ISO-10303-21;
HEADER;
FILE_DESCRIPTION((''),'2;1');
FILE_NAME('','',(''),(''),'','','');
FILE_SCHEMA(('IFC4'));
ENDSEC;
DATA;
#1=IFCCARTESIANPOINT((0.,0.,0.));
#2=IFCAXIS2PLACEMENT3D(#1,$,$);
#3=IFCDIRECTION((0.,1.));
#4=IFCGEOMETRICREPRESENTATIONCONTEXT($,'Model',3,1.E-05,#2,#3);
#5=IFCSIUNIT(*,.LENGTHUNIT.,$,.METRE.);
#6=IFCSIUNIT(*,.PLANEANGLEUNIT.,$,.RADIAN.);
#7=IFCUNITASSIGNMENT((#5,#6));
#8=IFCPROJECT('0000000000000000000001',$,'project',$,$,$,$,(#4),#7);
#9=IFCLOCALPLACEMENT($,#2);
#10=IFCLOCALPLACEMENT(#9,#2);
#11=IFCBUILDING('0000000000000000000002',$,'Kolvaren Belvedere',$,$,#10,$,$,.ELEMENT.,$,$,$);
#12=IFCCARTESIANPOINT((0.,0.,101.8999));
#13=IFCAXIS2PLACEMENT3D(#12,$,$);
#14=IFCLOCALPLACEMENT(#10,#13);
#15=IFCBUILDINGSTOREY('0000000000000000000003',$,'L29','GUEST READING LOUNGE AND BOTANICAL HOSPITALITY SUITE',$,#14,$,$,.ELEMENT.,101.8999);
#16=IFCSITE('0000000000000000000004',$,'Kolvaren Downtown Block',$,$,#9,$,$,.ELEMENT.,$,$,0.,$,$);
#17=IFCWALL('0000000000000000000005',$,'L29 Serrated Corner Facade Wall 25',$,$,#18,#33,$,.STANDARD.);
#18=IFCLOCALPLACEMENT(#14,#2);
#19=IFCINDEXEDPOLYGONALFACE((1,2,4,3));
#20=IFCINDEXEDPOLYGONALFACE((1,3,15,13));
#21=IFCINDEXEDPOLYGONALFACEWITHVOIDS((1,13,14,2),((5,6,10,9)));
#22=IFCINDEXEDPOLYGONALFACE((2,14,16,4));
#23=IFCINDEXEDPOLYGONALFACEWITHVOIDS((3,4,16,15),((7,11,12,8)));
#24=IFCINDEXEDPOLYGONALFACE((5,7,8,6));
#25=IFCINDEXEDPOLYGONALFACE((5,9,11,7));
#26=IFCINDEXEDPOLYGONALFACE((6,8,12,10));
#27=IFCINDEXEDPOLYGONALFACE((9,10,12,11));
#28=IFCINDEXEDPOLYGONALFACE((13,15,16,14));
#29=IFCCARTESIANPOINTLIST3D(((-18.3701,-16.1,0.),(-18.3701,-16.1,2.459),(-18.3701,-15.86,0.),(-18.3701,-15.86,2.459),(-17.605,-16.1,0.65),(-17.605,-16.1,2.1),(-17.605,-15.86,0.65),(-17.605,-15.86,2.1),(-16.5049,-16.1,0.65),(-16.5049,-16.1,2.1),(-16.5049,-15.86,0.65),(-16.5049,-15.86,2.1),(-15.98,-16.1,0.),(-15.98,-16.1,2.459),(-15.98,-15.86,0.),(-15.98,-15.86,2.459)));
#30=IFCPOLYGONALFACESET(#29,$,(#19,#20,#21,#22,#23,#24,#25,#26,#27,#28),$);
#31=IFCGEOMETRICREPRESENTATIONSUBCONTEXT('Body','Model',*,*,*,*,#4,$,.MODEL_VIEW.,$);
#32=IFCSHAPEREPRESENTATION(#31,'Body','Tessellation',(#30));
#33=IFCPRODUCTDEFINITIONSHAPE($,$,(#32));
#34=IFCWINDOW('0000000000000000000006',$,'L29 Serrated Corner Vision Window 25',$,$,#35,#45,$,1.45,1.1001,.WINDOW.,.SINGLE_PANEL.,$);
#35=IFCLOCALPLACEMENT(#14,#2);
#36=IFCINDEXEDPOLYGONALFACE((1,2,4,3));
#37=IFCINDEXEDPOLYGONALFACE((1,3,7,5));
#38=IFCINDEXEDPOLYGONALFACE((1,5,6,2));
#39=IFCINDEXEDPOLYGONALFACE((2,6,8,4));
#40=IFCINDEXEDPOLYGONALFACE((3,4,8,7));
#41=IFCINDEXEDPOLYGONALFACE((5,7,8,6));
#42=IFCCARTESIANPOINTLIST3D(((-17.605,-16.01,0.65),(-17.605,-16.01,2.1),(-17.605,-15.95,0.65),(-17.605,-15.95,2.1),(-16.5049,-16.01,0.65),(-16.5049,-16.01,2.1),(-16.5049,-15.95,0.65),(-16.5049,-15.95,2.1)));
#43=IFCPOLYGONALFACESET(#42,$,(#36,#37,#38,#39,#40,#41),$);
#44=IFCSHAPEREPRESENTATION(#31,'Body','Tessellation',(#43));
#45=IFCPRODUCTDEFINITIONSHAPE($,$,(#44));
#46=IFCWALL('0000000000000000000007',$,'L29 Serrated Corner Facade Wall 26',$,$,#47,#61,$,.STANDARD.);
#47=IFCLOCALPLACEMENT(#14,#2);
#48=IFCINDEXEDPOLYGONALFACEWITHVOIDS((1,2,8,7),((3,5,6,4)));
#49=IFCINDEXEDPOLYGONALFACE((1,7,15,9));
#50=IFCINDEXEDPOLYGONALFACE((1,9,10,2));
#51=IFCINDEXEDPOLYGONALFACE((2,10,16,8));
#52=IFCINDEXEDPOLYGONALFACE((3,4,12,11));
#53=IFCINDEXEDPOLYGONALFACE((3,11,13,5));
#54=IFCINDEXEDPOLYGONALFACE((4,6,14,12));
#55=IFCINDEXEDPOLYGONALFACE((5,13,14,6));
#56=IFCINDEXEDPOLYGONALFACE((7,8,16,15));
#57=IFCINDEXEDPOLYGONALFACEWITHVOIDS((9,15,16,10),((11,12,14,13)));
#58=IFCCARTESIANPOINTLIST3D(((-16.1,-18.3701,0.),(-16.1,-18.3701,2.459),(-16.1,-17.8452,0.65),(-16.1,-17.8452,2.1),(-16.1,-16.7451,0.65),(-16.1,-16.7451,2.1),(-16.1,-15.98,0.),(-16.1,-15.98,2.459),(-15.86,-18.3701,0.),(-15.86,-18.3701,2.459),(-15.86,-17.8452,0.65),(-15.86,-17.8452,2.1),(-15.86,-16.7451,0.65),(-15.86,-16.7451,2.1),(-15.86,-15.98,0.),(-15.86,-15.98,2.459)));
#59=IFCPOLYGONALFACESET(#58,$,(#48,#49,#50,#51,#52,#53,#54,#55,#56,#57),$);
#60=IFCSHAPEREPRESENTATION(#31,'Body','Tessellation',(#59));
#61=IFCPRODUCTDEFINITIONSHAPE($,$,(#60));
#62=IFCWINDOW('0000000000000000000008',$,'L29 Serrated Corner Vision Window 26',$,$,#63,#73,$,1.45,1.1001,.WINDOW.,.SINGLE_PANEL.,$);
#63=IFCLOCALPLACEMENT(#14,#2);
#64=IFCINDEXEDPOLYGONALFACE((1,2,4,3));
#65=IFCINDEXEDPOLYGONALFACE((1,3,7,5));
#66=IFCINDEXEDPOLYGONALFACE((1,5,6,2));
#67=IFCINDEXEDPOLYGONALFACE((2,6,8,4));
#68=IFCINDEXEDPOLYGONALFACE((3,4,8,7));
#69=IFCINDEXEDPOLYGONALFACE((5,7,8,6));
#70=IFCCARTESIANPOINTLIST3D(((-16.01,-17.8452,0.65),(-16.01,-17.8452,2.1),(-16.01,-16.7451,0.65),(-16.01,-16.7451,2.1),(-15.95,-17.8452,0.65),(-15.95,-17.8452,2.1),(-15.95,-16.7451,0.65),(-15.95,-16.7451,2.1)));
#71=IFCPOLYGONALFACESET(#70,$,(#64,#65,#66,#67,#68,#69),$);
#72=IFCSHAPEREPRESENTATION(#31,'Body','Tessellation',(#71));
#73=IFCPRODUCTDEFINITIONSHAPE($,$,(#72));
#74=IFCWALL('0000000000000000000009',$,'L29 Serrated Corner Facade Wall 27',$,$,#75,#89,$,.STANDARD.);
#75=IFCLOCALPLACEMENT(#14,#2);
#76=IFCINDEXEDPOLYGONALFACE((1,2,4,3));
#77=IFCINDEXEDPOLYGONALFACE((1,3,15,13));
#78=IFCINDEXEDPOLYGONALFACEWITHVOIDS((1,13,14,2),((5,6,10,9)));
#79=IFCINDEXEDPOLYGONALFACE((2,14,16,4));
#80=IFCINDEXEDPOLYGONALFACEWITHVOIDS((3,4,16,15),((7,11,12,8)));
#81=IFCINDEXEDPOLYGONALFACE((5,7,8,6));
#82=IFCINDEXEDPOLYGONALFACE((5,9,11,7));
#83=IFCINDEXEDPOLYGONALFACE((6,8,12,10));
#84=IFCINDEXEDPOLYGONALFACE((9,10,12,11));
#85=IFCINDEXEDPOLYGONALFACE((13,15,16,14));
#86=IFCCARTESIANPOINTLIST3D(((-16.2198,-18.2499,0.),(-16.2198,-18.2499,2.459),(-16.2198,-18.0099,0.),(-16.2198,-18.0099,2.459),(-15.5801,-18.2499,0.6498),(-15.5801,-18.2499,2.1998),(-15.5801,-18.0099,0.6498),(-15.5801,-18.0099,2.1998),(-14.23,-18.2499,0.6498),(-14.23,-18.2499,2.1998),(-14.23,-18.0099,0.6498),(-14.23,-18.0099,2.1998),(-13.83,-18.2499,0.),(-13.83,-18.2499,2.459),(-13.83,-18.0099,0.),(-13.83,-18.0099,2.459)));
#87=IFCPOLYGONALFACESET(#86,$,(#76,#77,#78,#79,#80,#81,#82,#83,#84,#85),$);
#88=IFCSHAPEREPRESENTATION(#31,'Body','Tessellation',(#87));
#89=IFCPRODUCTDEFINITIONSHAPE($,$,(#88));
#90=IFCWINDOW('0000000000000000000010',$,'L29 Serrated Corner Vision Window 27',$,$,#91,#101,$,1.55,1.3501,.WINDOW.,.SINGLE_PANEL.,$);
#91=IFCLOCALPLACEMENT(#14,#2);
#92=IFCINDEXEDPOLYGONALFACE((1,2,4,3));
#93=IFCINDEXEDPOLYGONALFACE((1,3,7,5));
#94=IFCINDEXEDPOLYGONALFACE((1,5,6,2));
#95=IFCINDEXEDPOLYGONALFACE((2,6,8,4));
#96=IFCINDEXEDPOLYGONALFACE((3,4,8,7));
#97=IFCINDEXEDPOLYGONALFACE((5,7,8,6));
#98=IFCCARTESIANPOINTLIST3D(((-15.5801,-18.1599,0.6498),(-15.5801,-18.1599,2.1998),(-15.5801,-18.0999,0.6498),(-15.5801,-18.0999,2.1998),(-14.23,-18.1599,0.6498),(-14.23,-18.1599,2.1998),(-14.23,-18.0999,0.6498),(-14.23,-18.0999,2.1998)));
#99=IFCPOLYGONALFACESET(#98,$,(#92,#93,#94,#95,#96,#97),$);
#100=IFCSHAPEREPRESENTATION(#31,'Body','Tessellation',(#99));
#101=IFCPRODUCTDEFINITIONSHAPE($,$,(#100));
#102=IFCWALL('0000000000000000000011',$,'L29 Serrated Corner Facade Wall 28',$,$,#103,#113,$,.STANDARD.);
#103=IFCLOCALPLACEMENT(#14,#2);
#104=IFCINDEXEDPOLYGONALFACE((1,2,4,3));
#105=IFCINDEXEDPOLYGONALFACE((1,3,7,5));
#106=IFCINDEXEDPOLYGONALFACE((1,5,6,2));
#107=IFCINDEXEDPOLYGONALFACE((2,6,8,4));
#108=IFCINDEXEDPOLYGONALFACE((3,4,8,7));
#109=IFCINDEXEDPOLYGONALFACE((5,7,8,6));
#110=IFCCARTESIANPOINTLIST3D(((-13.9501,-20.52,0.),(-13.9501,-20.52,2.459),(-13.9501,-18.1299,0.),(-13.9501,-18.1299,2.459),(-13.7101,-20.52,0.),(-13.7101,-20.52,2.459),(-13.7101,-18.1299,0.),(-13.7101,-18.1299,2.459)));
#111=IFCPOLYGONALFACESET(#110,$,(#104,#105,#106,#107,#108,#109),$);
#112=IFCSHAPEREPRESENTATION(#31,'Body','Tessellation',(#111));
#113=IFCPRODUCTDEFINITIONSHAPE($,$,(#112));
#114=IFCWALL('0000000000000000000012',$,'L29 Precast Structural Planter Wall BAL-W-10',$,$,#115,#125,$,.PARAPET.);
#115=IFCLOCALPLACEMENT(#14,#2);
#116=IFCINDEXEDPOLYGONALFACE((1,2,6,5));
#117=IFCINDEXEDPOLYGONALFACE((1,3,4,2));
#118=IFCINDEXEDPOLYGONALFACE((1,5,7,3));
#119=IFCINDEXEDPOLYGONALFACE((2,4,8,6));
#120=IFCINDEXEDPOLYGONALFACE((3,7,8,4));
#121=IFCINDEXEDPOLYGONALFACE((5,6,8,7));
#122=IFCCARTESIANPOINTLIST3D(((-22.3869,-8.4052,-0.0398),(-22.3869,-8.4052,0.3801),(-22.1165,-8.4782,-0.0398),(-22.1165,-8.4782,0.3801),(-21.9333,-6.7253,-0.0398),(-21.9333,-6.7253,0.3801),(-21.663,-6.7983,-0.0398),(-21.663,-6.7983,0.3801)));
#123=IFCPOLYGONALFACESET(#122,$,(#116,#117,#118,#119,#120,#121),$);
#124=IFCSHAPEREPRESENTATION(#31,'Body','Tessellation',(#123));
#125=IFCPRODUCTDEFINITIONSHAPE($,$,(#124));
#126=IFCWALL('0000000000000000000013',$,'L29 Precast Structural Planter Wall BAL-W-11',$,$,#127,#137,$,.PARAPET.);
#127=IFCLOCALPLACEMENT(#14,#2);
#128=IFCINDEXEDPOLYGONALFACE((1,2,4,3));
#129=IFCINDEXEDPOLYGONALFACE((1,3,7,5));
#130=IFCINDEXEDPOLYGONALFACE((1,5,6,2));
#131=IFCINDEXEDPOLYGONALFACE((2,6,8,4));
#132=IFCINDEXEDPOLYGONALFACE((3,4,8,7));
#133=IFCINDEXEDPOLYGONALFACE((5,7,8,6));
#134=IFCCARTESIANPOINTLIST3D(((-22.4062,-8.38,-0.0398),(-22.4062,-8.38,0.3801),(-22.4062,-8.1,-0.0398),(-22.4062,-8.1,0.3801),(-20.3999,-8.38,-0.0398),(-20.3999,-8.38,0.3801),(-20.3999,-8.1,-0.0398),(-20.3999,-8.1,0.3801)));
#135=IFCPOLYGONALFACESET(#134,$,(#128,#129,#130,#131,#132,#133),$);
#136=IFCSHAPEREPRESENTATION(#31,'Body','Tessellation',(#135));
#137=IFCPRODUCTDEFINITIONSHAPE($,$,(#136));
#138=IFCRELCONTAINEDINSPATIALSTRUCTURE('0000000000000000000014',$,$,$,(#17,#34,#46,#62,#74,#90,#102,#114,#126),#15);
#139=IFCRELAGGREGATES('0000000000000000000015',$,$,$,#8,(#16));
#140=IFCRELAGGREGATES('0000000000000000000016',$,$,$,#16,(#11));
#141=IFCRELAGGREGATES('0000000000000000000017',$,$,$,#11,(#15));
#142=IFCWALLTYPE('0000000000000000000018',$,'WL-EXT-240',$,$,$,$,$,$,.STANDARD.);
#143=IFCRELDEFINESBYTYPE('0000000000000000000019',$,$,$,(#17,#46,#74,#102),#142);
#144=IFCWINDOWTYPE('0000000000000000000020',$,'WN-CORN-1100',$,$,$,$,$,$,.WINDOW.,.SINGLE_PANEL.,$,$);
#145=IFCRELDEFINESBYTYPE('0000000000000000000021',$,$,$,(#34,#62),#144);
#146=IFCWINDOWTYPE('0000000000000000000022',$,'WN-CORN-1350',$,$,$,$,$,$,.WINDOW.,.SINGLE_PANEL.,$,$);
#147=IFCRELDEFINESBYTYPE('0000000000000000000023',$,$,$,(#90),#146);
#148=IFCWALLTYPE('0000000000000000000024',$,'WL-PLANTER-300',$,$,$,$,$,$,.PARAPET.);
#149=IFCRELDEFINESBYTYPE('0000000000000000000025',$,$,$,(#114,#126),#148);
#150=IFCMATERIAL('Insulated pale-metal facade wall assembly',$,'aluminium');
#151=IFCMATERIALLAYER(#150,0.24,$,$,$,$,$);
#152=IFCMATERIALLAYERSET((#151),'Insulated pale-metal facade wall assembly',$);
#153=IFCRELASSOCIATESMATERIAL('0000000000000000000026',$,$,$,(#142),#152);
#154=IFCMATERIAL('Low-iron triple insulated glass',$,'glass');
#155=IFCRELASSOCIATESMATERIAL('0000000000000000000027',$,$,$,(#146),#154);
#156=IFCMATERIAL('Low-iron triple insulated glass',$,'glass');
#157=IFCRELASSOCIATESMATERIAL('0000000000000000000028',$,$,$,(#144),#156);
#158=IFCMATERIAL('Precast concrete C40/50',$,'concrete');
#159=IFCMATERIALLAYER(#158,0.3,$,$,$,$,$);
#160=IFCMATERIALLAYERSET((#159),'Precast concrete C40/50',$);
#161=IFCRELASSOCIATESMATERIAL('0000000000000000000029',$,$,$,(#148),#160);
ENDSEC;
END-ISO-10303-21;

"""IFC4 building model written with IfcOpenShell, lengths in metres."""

from ifc_helpers import new_model, si_unit, direction, frame, frame_2d, origin, place, context, subcontext, project, spatial, rectangle, extrude, material, layer, layer_set, type_object, element, fill, save


model = new_model("IFC4")

# Units and contexts
model_context = context("Model", 3, precision=1e-05, world=origin(), true_north=direction((0.0, 1.0)))
body_context = subcontext(model_context, "Body", "Model", "MODEL_VIEW")
ifc_project = project(units=[si_unit("LENGTHUNIT", "METRE"), si_unit("PLANEANGLEUNIT", "RADIAN")], contexts=[model_context])

# Site, building, storey
site_placement = place(None, origin())
site = spatial("IfcSite", under=ifc_project, at=site_placement, Name="Kolvaren Downtown Block", CompositionType="ELEMENT", RefElevation=0.0)
building_placement = place(site_placement, origin())
building = spatial("IfcBuilding", under=site, at=building_placement, Name="Kolvaren Belvedere", CompositionType="ELEMENT")
storey_placement = place(building_placement, frame((0.0, 0.0, 101.8999)))
storey = spatial("IfcBuildingStorey", under=building, at=storey_placement, Name="L29", Description="GUEST READING LOUNGE AND BOTANICAL HOSPITALITY SUITE", CompositionType="ELEMENT", Elevation=101.8999)

# Shared definitions
ifc_material_1 = material(Name="Insulated pale-metal facade wall assembly", Category="aluminium")
ifc_layer_1 = layer(ifc_material_1, 0.24)
ifc_layer_set_1 = layer_set([ifc_layer_1], Name="Insulated pale-metal facade wall assembly")
wall_type_1 = type_object("IfcWallType", Name="WL-EXT-240", PredefinedType="STANDARD", material=ifc_layer_set_1)

# Walls, openings, windows
ifc_material_2 = material(Name="Low-iron triple insulated glass", Category="glass")
window_type_1 = type_object("IfcWindowType", Name="WN-CORN-1350", PartitioningType="SINGLE_PANEL", PredefinedType="WINDOW", material=ifc_material_2)
wall_1_placement = place(storey_placement, frame((-15.98, -15.98, 0.0), z_axis=(0.0, 0.0, 1.0), x_axis=(-1.0, 0.0, 0.0)))
wall_1 = element("IfcWall", 1, at=wall_1_placement, inside=storey, type_object=wall_type_1, Name="L29 Serrated Corner Facade Wall 25", PredefinedType="STANDARD", context=body_context, shape_type="SweptSolid", body=[
    extrude(rectangle(XDim=2.3901, YDim=0.24, at=frame_2d((1.1951, 0.0))), origin(), (0.0, 0.0, 1.0), 2.459),
])
opening_1_placement = place(wall_1_placement, frame((0.5249, 0.0, 0.6499)))
opening_1 = element("IfcOpeningElement", 2, at=opening_1_placement, cuts=wall_1, PredefinedType="OPENING", context=body_context, shape_type="SweptSolid", body=[
    extrude(rectangle(XDim=1.1001, YDim=1.45, at=frame_2d((0.55, 0.7251))), frame((0.0, 0.1299, 0.0), z_axis=(0.0, -1.0, 0.0), x_axis=(1.0, 0.0, 0.0)), (0.0, 0.0, 1.0), 0.26),
])
ifc_material_3 = material(Name="Low-iron triple insulated glass", Category="glass")
window_type_2 = type_object("IfcWindowType", Name="WN-CORN-1100", PartitioningType="SINGLE_PANEL", PredefinedType="WINDOW", material=ifc_material_3)
window_1_placement = place(opening_1_placement, origin())
window_1 = element("IfcWindow", 3, at=window_1_placement, inside=storey, type_object=window_type_2, Name="L29 Serrated Corner Vision Window 25", OverallHeight=1.45, OverallWidth=1.1001, PartitioningType="SINGLE_PANEL", PredefinedType="WINDOW", context=body_context, shape_type="SweptSolid", body=[
    extrude(rectangle(XDim=1.1001, YDim=1.45, at=frame_2d((0.55, 0.7251))), frame((0.0, 0.03, 0.0), z_axis=(0.0, -1.0, 0.0), x_axis=(1.0, 0.0, 0.0)), (0.0, 0.0, 1.0), 0.0601),
])
fill(opening_1, window_1)
wall_2_placement = place(storey_placement, frame((-15.98, -18.3701, 0.0), z_axis=(0.0, 0.0, 1.0), x_axis=(0.0, 1.0, 0.0)))
wall_2 = element("IfcWall", 4, at=wall_2_placement, inside=storey, type_object=wall_type_1, Name="L29 Serrated Corner Facade Wall 26", PredefinedType="STANDARD", context=body_context, shape_type="SweptSolid", body=[
    extrude(rectangle(XDim=2.3901, YDim=0.24, at=frame_2d((1.1951, 0.0))), origin(), (0.0, 0.0, 1.0), 2.459),
])
opening_2_placement = place(wall_2_placement, frame((0.5249, 0.0, 0.6499)))
opening_2 = element("IfcOpeningElement", 5, at=opening_2_placement, cuts=wall_2, PredefinedType="OPENING", context=body_context, shape_type="SweptSolid", body=[
    extrude(rectangle(XDim=1.1001, YDim=1.45, at=frame_2d((0.55, 0.7251))), frame((0.0, 0.1299, 0.0), z_axis=(0.0, -1.0, 0.0), x_axis=(1.0, 0.0, 0.0)), (0.0, 0.0, 1.0), 0.26),
])
window_2_placement = place(opening_2_placement, origin())
window_2 = element("IfcWindow", 6, at=window_2_placement, inside=storey, type_object=window_type_2, Name="L29 Serrated Corner Vision Window 26", OverallHeight=1.45, OverallWidth=1.1001, PartitioningType="SINGLE_PANEL", PredefinedType="WINDOW", context=body_context, shape_type="SweptSolid", body=[
    extrude(rectangle(XDim=1.1001, YDim=1.45, at=frame_2d((0.55, 0.7251))), frame((0.0, 0.03, 0.0), z_axis=(0.0, -1.0, 0.0), x_axis=(1.0, 0.0, 0.0)), (0.0, 0.0, 1.0), 0.0601),
])
fill(opening_2, window_2)
wall_3_placement = place(storey_placement, frame((-13.8301, -18.1299, 0.0), z_axis=(0.0, 0.0, 1.0), x_axis=(-1.0, 0.0, 0.0)))
wall_3 = element("IfcWall", 7, at=wall_3_placement, inside=storey, type_object=wall_type_1, Name="L29 Serrated Corner Facade Wall 27", PredefinedType="STANDARD", context=body_context, shape_type="SweptSolid", body=[
    extrude(rectangle(XDim=2.3899, YDim=0.24, at=frame_2d((1.1948, 0.0))), origin(), (0.0, 0.0, 1.0), 2.459),
])
opening_3_placement = place(wall_3_placement, frame((0.3999, 0.0, 0.6499)))
opening_3 = element("IfcOpeningElement", 8, at=opening_3_placement, cuts=wall_3, PredefinedType="OPENING", context=body_context, shape_type="SweptSolid", body=[
    extrude(rectangle(XDim=1.3501, YDim=1.55, at=frame_2d((0.675, 0.7749))), frame((0.0, 0.1299, 0.0), z_axis=(0.0, -1.0, 0.0), x_axis=(1.0, 0.0, 0.0)), (0.0, 0.0, 1.0), 0.26),
])
window_3_placement = place(opening_3_placement, origin())
window_3 = element("IfcWindow", 9, at=window_3_placement, inside=storey, type_object=window_type_1, Name="L29 Serrated Corner Vision Window 27", OverallHeight=1.55, OverallWidth=1.3501, PartitioningType="SINGLE_PANEL", PredefinedType="WINDOW", context=body_context, shape_type="SweptSolid", body=[
    extrude(rectangle(XDim=1.3501, YDim=1.55, at=frame_2d((0.675, 0.7749))), frame((0.0, 0.03, 0.0), z_axis=(0.0, -1.0, 0.0), x_axis=(1.0, 0.0, 0.0)), (0.0, 0.0, 1.0), 0.0601),
])
fill(opening_3, window_3)

# Walls
wall_4_placement = place(storey_placement, frame((-13.8301, -20.52, 0.0), z_axis=(0.0, 0.0, 1.0), x_axis=(0.0, 1.0, 0.0)))
element("IfcWall", 10, at=wall_4_placement, inside=storey, type_object=wall_type_1, Name="L29 Serrated Corner Facade Wall 28", PredefinedType="STANDARD", context=body_context, shape_type="SweptSolid", body=[
    extrude(rectangle(XDim=2.3901, YDim=0.24, at=frame_2d((1.1951, 0.0))), origin(), (0.0, 0.0, 1.0), 2.459),
])
ifc_material_4 = material(Name="Precast concrete C40/50", Category="concrete")
ifc_layer_2 = layer(ifc_material_4, 0.3)
ifc_layer_set_2 = layer_set([ifc_layer_2], Name="Precast concrete C40/50")
wall_type_2 = type_object("IfcWallType", Name="WL-PLANTER-300", PredefinedType="PARAPET", material=ifc_layer_set_2)
wall_5_placement = place(storey_placement, frame((-21.7981, -6.7617, -0.0398), z_axis=(0.0, 0.0, 1.0), x_axis=(-0.260683, -0.965424, 0.0)))
element("IfcWall", 11, at=wall_5_placement, inside=storey, type_object=wall_type_2, Name="L29 Precast Structural Planter Wall BAL-W-10", PredefinedType="PARAPET", context=body_context, shape_type="SweptSolid", body=[
    extrude(rectangle(XDim=1.74, YDim=0.28, at=frame_2d((0.8701, 0.0))), origin(), (0.0, 0.0, 1.0), 0.4199),
])
wall_6_placement = place(storey_placement, frame((-22.4062, -8.24, -0.0398), z_axis=(0.0, 0.0, 1.0), x_axis=(1.0, 0.0, 0.0)))
element("IfcWall", 12, at=wall_6_placement, inside=storey, type_object=wall_type_2, Name="L29 Precast Structural Planter Wall BAL-W-11", PredefinedType="PARAPET", context=body_context, shape_type="SweptSolid", body=[
    extrude(rectangle(XDim=2.0063, YDim=0.28, at=frame_2d((1.0032, 0.0))), origin(), (0.0, 0.0, 1.0), 0.4199),
])

save(model, "model.ifc")
